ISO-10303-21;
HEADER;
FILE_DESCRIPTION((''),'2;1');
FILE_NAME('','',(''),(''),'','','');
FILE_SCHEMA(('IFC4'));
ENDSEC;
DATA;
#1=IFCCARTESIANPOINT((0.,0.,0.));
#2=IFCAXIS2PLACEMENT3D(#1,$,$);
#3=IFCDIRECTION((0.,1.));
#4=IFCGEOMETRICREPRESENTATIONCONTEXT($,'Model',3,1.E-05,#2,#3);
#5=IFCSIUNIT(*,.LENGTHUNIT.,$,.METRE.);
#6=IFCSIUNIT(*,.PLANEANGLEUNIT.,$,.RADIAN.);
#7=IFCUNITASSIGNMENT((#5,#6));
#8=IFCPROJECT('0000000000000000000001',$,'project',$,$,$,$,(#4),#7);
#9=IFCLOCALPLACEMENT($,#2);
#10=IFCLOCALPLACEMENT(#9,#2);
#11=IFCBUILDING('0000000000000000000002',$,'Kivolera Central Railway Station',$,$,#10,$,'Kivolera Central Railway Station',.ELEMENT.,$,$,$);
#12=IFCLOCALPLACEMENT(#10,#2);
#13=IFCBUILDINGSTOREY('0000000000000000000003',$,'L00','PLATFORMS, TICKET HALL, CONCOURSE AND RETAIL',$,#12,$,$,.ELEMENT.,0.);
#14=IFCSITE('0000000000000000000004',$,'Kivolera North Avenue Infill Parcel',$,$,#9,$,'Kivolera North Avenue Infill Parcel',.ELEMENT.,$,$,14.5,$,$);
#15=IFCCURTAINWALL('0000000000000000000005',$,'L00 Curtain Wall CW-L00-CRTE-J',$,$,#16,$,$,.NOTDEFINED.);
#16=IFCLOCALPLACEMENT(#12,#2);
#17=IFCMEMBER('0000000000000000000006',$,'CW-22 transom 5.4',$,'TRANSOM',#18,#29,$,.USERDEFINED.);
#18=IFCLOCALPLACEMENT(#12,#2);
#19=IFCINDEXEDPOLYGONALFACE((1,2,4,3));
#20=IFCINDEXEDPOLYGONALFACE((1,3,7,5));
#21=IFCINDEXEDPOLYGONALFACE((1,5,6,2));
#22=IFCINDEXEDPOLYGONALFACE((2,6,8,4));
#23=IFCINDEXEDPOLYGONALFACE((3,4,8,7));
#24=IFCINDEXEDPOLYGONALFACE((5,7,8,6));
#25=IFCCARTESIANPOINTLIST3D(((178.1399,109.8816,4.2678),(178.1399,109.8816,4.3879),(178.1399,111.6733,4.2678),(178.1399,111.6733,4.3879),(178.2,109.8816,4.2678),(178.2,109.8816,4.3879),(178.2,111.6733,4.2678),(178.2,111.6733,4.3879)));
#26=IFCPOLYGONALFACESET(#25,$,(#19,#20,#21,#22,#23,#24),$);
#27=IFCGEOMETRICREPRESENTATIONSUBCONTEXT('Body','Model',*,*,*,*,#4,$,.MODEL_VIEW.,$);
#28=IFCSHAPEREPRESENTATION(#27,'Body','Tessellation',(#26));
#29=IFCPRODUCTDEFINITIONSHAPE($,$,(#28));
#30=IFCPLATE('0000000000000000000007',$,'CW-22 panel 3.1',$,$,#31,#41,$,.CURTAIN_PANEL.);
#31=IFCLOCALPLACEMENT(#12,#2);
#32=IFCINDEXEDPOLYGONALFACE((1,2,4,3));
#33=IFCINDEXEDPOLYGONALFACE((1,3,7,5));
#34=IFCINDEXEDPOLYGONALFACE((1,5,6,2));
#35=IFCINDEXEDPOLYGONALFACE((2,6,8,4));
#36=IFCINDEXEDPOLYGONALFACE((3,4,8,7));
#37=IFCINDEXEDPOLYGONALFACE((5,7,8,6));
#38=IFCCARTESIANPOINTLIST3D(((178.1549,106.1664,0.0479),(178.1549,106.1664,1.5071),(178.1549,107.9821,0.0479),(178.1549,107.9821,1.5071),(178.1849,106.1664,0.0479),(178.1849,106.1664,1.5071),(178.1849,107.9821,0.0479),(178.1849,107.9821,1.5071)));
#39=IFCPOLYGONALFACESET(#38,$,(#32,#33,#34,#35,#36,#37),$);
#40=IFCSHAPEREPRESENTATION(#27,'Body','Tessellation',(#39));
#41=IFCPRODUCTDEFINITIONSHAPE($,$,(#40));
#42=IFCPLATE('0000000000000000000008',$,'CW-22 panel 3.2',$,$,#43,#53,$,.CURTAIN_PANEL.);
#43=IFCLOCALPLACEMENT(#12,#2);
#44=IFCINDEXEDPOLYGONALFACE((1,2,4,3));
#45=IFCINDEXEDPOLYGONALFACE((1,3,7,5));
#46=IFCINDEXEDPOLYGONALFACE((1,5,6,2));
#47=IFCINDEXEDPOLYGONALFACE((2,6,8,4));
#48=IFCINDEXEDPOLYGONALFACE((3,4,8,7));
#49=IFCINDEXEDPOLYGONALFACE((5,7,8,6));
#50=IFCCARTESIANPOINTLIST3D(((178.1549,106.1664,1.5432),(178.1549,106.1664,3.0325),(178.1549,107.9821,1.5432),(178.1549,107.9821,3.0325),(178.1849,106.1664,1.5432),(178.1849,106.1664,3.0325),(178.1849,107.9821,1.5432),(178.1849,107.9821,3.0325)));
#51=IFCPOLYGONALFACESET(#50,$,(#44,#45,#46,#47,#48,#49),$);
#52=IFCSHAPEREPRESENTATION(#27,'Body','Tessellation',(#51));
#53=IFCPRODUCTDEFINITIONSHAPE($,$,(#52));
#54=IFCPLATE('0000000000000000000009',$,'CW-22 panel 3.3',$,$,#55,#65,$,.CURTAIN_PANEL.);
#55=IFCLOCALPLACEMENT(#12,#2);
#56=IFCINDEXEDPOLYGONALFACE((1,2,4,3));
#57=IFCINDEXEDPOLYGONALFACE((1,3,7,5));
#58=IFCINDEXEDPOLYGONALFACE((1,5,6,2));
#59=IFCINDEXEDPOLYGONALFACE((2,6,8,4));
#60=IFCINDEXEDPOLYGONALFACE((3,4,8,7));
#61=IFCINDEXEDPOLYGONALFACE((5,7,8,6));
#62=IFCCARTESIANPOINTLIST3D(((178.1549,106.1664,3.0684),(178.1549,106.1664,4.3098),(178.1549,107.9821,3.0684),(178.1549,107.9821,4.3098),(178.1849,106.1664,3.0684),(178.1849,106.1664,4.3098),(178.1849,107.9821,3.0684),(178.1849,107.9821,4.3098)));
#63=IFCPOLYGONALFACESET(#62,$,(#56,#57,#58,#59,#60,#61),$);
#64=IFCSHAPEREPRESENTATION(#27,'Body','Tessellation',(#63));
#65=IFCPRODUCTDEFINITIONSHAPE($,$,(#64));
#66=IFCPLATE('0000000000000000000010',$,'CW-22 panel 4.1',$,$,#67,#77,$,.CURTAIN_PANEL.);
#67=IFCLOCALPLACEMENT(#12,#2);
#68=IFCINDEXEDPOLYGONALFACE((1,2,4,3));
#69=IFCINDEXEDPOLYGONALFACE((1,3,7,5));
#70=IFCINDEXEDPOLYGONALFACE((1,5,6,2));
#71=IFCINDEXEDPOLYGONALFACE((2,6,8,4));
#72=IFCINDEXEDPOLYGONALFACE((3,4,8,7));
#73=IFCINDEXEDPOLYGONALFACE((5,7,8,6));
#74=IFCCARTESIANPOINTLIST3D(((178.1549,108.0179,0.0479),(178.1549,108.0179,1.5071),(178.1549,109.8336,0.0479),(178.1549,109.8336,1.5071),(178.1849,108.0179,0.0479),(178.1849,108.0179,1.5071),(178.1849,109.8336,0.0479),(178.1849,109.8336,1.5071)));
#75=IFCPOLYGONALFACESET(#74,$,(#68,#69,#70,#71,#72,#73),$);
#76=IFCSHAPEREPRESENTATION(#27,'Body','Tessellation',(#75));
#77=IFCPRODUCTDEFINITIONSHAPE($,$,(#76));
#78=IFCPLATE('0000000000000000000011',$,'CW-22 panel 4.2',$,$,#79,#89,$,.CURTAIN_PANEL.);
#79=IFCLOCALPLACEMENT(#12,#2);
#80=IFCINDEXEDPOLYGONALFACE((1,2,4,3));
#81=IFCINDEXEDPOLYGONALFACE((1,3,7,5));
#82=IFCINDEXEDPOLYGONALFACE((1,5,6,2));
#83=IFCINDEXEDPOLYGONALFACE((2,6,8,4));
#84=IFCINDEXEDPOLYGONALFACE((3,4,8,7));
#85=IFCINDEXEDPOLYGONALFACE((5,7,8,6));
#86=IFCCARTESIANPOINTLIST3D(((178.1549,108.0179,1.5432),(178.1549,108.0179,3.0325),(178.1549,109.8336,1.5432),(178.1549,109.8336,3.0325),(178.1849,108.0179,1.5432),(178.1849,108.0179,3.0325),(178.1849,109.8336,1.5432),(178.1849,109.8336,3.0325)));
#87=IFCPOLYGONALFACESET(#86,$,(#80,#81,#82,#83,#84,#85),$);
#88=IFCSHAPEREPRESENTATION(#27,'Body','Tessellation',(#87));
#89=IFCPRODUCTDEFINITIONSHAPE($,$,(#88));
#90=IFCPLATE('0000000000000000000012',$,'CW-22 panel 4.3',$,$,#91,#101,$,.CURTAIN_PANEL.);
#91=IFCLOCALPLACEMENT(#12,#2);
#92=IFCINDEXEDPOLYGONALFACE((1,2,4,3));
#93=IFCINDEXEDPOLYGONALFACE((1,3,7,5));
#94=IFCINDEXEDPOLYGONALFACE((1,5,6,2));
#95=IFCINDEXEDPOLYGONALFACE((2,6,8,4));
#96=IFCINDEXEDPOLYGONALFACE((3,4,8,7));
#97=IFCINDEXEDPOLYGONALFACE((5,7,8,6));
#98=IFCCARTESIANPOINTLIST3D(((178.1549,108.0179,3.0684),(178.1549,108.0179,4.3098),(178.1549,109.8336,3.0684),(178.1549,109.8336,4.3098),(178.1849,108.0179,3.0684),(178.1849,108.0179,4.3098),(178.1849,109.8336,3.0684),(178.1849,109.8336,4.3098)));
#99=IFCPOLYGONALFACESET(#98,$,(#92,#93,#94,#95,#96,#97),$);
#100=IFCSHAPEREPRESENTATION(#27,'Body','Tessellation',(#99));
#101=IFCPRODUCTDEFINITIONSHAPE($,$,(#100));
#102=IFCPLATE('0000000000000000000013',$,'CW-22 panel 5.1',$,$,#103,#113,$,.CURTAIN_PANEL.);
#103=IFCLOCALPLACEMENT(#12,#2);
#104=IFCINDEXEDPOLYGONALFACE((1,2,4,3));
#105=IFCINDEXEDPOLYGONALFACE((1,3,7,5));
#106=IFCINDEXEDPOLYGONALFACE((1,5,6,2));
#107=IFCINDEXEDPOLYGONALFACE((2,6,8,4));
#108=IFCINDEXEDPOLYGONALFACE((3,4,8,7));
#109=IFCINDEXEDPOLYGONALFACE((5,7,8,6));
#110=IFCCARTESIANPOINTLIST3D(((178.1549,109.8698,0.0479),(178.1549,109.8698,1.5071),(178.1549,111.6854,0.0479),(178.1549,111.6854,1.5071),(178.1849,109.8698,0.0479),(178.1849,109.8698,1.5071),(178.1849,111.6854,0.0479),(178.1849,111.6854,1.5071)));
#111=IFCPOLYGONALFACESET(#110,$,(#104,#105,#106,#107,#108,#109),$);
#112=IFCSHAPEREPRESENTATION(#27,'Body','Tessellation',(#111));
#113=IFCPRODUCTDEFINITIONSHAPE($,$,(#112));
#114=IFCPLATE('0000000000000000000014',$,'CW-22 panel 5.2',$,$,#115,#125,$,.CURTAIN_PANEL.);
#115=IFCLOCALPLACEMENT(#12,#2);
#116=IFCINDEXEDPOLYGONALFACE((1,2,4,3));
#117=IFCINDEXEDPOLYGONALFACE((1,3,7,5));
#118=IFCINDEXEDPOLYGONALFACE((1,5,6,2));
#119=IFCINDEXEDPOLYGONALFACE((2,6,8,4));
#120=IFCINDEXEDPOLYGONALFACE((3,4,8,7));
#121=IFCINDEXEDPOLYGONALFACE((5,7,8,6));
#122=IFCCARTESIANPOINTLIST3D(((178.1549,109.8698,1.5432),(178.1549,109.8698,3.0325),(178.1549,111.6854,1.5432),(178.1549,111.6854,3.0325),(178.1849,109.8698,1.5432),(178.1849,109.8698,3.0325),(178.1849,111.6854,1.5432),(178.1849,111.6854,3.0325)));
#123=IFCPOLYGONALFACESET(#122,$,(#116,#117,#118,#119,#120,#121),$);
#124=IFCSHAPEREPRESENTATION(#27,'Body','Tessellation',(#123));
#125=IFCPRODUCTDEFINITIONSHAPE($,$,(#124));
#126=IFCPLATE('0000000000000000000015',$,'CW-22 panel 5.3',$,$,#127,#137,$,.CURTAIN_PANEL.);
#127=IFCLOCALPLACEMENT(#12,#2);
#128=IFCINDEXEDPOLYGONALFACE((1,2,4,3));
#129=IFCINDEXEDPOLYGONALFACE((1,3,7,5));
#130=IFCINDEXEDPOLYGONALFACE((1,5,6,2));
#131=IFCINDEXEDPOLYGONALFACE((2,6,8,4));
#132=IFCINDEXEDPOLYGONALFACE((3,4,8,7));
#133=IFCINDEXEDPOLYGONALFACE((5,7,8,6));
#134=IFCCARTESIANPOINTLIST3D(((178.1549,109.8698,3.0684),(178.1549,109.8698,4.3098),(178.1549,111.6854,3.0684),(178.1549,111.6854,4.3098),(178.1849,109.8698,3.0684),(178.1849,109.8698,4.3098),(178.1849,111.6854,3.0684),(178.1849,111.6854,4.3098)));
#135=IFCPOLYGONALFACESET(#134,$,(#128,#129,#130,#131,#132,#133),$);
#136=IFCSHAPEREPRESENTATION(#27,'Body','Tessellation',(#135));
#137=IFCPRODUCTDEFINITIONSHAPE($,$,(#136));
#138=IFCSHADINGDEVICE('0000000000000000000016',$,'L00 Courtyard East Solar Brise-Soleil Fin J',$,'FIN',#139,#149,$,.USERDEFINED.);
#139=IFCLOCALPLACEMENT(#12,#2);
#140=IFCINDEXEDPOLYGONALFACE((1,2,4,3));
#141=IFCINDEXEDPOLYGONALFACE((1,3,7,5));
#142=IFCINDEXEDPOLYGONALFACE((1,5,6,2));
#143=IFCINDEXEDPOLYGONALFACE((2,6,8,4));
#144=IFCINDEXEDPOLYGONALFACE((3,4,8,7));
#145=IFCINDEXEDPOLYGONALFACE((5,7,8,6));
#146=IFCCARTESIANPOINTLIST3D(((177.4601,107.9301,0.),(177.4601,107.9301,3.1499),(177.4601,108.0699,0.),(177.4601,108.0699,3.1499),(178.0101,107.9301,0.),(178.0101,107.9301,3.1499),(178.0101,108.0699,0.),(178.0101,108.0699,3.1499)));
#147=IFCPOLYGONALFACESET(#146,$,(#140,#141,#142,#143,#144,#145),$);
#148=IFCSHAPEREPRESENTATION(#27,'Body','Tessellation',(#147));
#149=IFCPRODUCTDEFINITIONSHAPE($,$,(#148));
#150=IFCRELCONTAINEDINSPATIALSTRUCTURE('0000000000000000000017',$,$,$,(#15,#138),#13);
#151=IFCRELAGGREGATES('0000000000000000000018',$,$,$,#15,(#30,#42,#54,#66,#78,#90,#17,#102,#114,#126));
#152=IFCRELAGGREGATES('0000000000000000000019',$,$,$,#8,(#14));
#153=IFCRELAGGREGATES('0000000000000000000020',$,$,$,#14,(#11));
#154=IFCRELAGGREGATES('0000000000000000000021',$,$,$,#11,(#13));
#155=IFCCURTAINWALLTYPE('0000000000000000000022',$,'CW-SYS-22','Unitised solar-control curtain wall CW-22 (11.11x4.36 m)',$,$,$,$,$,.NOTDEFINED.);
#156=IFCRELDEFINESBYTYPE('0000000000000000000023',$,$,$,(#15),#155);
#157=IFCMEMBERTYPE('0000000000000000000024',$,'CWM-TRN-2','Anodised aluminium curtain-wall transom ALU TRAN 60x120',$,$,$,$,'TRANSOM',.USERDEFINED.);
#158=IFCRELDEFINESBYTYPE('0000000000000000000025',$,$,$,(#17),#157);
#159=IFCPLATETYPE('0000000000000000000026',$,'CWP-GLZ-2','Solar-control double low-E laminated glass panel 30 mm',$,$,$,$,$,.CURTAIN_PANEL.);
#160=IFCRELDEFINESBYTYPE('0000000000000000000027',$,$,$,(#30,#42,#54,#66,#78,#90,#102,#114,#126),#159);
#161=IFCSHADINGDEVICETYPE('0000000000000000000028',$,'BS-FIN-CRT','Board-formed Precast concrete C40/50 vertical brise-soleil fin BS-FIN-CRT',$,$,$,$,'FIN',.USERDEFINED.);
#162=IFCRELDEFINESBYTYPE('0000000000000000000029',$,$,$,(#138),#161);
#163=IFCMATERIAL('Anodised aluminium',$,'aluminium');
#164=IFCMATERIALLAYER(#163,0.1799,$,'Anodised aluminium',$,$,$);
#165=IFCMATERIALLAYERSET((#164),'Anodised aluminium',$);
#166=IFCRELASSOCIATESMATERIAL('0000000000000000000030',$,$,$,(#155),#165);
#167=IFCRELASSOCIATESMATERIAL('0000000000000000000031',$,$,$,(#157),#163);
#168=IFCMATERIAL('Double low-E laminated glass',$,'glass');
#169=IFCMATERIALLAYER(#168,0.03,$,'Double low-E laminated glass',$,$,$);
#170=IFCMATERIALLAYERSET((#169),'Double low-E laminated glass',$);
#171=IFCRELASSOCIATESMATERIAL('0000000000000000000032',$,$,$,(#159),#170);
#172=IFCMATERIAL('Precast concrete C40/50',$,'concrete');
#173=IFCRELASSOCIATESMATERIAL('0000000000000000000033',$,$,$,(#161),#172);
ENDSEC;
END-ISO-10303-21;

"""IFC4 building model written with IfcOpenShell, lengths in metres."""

from ifc_helpers import new_model, si_unit, direction, frame, origin, origin_2d, place, context, subcontext, project, spatial, rectangle, extrude, material, layer, layer_set, material_profile, profile_set, type_object, element, aggregate, save


model = new_model("IFC4")

# Units and contexts
model_context = context("Model", 3, precision=1e-05, world=origin(), true_north=direction((0.0, 1.0)))
body_context = subcontext(model_context, "Body", "Model", "MODEL_VIEW")
ifc_project = project(units=[si_unit("LENGTHUNIT", "METRE"), si_unit("PLANEANGLEUNIT", "RADIAN")], contexts=[model_context])

# Site, building, storey
site_placement = place(None, origin())
site = spatial("IfcSite", under=ifc_project, at=site_placement, Name="Kivolera North Avenue Infill Parcel", LongName="Kivolera North Avenue Infill Parcel", CompositionType="ELEMENT", RefElevation=14.5)
building_placement = place(site_placement, origin())
building = spatial("IfcBuilding", under=site, at=building_placement, Name="Kivolera Central Railway Station", LongName="Kivolera Central Railway Station", CompositionType="ELEMENT")
storey_placement = place(building_placement, origin())
storey = spatial("IfcBuildingStorey", under=building, at=storey_placement, Name="L00", Description="PLATFORMS, TICKET HALL, CONCOURSE AND RETAIL", CompositionType="ELEMENT", Elevation=0.0)

# Curtain wall, member, plates
ifc_material_1 = material(Name="Anodised aluminium", Category="aluminium")
ifc_layer_1 = layer(ifc_material_1, 0.1799, Name="Anodised aluminium")
ifc_layer_set_1 = layer_set([ifc_layer_1], Name="Anodised aluminium")
curtain_wall_type = type_object("IfcCurtainWallType", Name="CW-SYS-22", Description="Unitised solar-control curtain wall CW-22 (11.11x4.36 m)", PredefinedType="NOTDEFINED", material=ifc_layer_set_1)
curtain_wall_placement = place(storey_placement, origin())
curtain_wall = element("IfcCurtainWall", 1, at=curtain_wall_placement, inside=storey, type_object=curtain_wall_type, Name="L00 Curtain Wall CW-L00-CRTE-J", PredefinedType="NOTDEFINED")
ifc_material_profile_1 = material_profile(ifc_material_1, rectangle(XDim=0.0601, YDim=0.1201, at=origin_2d()), Name="ALU TRAN 60x120")
ifc_profile_set_1 = profile_set([ifc_material_profile_1], Name="Anodised aluminium")
member_type_1 = type_object("IfcMemberType", Name="CWM-TRN-2", Description="Anodised aluminium curtain-wall transom ALU TRAN 60x120", ElementType="TRANSOM", PredefinedType="USERDEFINED", material=ifc_profile_set_1)
member_1_placement = place(storey_placement, frame((178.1699, 109.8816, 4.3279), z_axis=(0.0, 1.0, 0.0), x_axis=(-1.0, 0.0, 0.0)))
member_1 = element("IfcMember", 2, at=member_1_placement, type_object=member_type_1, Name="CW-22 transom 5.4", ObjectType="TRANSOM", PredefinedType="USERDEFINED", context=body_context, shape_type="SweptSolid", body=[
    extrude(rectangle(XDim=0.0601, YDim=0.1201, at=origin_2d()), origin(), (0.0, 0.0, 1.0), 1.7917),
])
ifc_material_2 = material(Name="Double low-E laminated glass", Category="glass")
ifc_layer_2 = layer(ifc_material_2, 0.03, Name="Double low-E laminated glass")
ifc_layer_set_2 = layer_set([ifc_layer_2], Name="Double low-E laminated glass")
plate_type = type_object("IfcPlateType", Name="CWP-GLZ-2", Description="Solar-control double low-E laminated glass panel 30 mm", PredefinedType="CURTAIN_PANEL", material=ifc_layer_set_2)
plate_1_placement = place(storey_placement, frame((178.1699, 107.0742, 0.0479), z_axis=(0.0, 0.0, 1.0), x_axis=(0.0, 1.0, 0.0)))
plate_1 = element("IfcPlate", 3, at=plate_1_placement, type_object=plate_type, Name="CW-22 panel 3.1", PredefinedType="CURTAIN_PANEL", context=body_context, shape_type="SweptSolid", body=[
    extrude(rectangle(XDim=1.8157, YDim=0.03, at=origin_2d()), origin(), (0.0, 0.0, 1.0), 1.4592),
])
plate_2_placement = place(storey_placement, frame((178.1699, 107.0742, 1.5432), z_axis=(0.0, 0.0, 1.0), x_axis=(0.0, 1.0, 0.0)))
plate_2 = element("IfcPlate", 4, at=plate_2_placement, type_object=plate_type, Name="CW-22 panel 3.2", PredefinedType="CURTAIN_PANEL", context=body_context, shape_type="SweptSolid", body=[
    extrude(rectangle(XDim=1.8157, YDim=0.03, at=origin_2d()), origin(), (0.0, 0.0, 1.0), 1.4893),
])
plate_3_placement = place(storey_placement, frame((178.1699, 107.0742, 3.0684), z_axis=(0.0, 0.0, 1.0), x_axis=(0.0, 1.0, 0.0)))
plate_3 = element("IfcPlate", 5, at=plate_3_placement, type_object=plate_type, Name="CW-22 panel 3.3", PredefinedType="CURTAIN_PANEL", context=body_context, shape_type="SweptSolid", body=[
    extrude(rectangle(XDim=1.8157, YDim=0.03, at=origin_2d()), origin(), (0.0, 0.0, 1.0), 1.2415),
])
plate_4_placement = place(storey_placement, frame((178.1699, 108.9258, 0.0479), z_axis=(0.0, 0.0, 1.0), x_axis=(0.0, 1.0, 0.0)))
plate_4 = element("IfcPlate", 6, at=plate_4_placement, type_object=plate_type, Name="CW-22 panel 4.1", PredefinedType="CURTAIN_PANEL", context=body_context, shape_type="SweptSolid", body=[
    extrude(rectangle(XDim=1.8157, YDim=0.03, at=origin_2d()), origin(), (0.0, 0.0, 1.0), 1.4592),
])
plate_5_placement = place(storey_placement, frame((178.1699, 108.9258, 1.5432), z_axis=(0.0, 0.0, 1.0), x_axis=(0.0, 1.0, 0.0)))
plate_5 = element("IfcPlate", 7, at=plate_5_placement, type_object=plate_type, Name="CW-22 panel 4.2", PredefinedType="CURTAIN_PANEL", context=body_context, shape_type="SweptSolid", body=[
    extrude(rectangle(XDim=1.8157, YDim=0.03, at=origin_2d()), origin(), (0.0, 0.0, 1.0), 1.4893),
])
plate_6_placement = place(storey_placement, frame((178.1699, 108.9258, 3.0684), z_axis=(0.0, 0.0, 1.0), x_axis=(0.0, 1.0, 0.0)))
plate_6 = element("IfcPlate", 8, at=plate_6_placement, type_object=plate_type, Name="CW-22 panel 4.3", PredefinedType="CURTAIN_PANEL", context=body_context, shape_type="SweptSolid", body=[
    extrude(rectangle(XDim=1.8157, YDim=0.03, at=origin_2d()), origin(), (0.0, 0.0, 1.0), 1.2415),
])
plate_7_placement = place(storey_placement, frame((178.1699, 110.7776, 0.0479), z_axis=(0.0, 0.0, 1.0), x_axis=(0.0, 1.0, 0.0)))
plate_7 = element("IfcPlate", 9, at=plate_7_placement, type_object=plate_type, Name="CW-22 panel 5.1", PredefinedType="CURTAIN_PANEL", context=body_context, shape_type="SweptSolid", body=[
    extrude(rectangle(XDim=1.8157, YDim=0.03, at=origin_2d()), origin(), (0.0, 0.0, 1.0), 1.4592),
])
plate_8_placement = place(storey_placement, frame((178.1699, 110.7776, 1.5432), z_axis=(0.0, 0.0, 1.0), x_axis=(0.0, 1.0, 0.0)))
plate_8 = element("IfcPlate", 10, at=plate_8_placement, type_object=plate_type, Name="CW-22 panel 5.2", PredefinedType="CURTAIN_PANEL", context=body_context, shape_type="SweptSolid", body=[
    extrude(rectangle(XDim=1.8157, YDim=0.03, at=origin_2d()), origin(), (0.0, 0.0, 1.0), 1.4893),
])
plate_9_placement = place(storey_placement, frame((178.1699, 110.7776, 3.0684), z_axis=(0.0, 0.0, 1.0), x_axis=(0.0, 1.0, 0.0)))
plate_9 = element("IfcPlate", 11, at=plate_9_placement, type_object=plate_type, Name="CW-22 panel 5.3", PredefinedType="CURTAIN_PANEL", context=body_context, shape_type="SweptSolid", body=[
    extrude(rectangle(XDim=1.8157, YDim=0.03, at=origin_2d()), origin(), (0.0, 0.0, 1.0), 1.2415),
])
aggregate(curtain_wall, [plate_1, plate_2, plate_3, plate_4, plate_5, plate_6, member_1, plate_7, plate_8, plate_9])

# Shading device
ifc_material_3 = material(Name="Precast concrete C40/50", Category="concrete")
shading_device_type = type_object("IfcShadingDeviceType", Name="BS-FIN-CRT", Description="Board-formed Precast concrete C40/50 vertical brise-soleil fin BS-FIN-CRT", ElementType="FIN", PredefinedType="USERDEFINED", material=ifc_material_3)
shading_device_placement = place(storey_placement, frame((177.7351, 108.0, 0.0), z_axis=(0.0, 0.0, 1.0), x_axis=(1.0, 0.0, 0.0)))
element("IfcShadingDevice", 12, at=shading_device_placement, inside=storey, type_object=shading_device_type, Name="L00 Courtyard East Solar Brise-Soleil Fin J", ObjectType="FIN", PredefinedType="USERDEFINED", context=body_context, shape_type="SweptSolid", body=[
    extrude(rectangle(XDim=0.55, YDim=0.1399, at=origin_2d()), origin(), (0.0, 0.0, 1.0), 3.1499),
])

save(model, "model.ifc")
